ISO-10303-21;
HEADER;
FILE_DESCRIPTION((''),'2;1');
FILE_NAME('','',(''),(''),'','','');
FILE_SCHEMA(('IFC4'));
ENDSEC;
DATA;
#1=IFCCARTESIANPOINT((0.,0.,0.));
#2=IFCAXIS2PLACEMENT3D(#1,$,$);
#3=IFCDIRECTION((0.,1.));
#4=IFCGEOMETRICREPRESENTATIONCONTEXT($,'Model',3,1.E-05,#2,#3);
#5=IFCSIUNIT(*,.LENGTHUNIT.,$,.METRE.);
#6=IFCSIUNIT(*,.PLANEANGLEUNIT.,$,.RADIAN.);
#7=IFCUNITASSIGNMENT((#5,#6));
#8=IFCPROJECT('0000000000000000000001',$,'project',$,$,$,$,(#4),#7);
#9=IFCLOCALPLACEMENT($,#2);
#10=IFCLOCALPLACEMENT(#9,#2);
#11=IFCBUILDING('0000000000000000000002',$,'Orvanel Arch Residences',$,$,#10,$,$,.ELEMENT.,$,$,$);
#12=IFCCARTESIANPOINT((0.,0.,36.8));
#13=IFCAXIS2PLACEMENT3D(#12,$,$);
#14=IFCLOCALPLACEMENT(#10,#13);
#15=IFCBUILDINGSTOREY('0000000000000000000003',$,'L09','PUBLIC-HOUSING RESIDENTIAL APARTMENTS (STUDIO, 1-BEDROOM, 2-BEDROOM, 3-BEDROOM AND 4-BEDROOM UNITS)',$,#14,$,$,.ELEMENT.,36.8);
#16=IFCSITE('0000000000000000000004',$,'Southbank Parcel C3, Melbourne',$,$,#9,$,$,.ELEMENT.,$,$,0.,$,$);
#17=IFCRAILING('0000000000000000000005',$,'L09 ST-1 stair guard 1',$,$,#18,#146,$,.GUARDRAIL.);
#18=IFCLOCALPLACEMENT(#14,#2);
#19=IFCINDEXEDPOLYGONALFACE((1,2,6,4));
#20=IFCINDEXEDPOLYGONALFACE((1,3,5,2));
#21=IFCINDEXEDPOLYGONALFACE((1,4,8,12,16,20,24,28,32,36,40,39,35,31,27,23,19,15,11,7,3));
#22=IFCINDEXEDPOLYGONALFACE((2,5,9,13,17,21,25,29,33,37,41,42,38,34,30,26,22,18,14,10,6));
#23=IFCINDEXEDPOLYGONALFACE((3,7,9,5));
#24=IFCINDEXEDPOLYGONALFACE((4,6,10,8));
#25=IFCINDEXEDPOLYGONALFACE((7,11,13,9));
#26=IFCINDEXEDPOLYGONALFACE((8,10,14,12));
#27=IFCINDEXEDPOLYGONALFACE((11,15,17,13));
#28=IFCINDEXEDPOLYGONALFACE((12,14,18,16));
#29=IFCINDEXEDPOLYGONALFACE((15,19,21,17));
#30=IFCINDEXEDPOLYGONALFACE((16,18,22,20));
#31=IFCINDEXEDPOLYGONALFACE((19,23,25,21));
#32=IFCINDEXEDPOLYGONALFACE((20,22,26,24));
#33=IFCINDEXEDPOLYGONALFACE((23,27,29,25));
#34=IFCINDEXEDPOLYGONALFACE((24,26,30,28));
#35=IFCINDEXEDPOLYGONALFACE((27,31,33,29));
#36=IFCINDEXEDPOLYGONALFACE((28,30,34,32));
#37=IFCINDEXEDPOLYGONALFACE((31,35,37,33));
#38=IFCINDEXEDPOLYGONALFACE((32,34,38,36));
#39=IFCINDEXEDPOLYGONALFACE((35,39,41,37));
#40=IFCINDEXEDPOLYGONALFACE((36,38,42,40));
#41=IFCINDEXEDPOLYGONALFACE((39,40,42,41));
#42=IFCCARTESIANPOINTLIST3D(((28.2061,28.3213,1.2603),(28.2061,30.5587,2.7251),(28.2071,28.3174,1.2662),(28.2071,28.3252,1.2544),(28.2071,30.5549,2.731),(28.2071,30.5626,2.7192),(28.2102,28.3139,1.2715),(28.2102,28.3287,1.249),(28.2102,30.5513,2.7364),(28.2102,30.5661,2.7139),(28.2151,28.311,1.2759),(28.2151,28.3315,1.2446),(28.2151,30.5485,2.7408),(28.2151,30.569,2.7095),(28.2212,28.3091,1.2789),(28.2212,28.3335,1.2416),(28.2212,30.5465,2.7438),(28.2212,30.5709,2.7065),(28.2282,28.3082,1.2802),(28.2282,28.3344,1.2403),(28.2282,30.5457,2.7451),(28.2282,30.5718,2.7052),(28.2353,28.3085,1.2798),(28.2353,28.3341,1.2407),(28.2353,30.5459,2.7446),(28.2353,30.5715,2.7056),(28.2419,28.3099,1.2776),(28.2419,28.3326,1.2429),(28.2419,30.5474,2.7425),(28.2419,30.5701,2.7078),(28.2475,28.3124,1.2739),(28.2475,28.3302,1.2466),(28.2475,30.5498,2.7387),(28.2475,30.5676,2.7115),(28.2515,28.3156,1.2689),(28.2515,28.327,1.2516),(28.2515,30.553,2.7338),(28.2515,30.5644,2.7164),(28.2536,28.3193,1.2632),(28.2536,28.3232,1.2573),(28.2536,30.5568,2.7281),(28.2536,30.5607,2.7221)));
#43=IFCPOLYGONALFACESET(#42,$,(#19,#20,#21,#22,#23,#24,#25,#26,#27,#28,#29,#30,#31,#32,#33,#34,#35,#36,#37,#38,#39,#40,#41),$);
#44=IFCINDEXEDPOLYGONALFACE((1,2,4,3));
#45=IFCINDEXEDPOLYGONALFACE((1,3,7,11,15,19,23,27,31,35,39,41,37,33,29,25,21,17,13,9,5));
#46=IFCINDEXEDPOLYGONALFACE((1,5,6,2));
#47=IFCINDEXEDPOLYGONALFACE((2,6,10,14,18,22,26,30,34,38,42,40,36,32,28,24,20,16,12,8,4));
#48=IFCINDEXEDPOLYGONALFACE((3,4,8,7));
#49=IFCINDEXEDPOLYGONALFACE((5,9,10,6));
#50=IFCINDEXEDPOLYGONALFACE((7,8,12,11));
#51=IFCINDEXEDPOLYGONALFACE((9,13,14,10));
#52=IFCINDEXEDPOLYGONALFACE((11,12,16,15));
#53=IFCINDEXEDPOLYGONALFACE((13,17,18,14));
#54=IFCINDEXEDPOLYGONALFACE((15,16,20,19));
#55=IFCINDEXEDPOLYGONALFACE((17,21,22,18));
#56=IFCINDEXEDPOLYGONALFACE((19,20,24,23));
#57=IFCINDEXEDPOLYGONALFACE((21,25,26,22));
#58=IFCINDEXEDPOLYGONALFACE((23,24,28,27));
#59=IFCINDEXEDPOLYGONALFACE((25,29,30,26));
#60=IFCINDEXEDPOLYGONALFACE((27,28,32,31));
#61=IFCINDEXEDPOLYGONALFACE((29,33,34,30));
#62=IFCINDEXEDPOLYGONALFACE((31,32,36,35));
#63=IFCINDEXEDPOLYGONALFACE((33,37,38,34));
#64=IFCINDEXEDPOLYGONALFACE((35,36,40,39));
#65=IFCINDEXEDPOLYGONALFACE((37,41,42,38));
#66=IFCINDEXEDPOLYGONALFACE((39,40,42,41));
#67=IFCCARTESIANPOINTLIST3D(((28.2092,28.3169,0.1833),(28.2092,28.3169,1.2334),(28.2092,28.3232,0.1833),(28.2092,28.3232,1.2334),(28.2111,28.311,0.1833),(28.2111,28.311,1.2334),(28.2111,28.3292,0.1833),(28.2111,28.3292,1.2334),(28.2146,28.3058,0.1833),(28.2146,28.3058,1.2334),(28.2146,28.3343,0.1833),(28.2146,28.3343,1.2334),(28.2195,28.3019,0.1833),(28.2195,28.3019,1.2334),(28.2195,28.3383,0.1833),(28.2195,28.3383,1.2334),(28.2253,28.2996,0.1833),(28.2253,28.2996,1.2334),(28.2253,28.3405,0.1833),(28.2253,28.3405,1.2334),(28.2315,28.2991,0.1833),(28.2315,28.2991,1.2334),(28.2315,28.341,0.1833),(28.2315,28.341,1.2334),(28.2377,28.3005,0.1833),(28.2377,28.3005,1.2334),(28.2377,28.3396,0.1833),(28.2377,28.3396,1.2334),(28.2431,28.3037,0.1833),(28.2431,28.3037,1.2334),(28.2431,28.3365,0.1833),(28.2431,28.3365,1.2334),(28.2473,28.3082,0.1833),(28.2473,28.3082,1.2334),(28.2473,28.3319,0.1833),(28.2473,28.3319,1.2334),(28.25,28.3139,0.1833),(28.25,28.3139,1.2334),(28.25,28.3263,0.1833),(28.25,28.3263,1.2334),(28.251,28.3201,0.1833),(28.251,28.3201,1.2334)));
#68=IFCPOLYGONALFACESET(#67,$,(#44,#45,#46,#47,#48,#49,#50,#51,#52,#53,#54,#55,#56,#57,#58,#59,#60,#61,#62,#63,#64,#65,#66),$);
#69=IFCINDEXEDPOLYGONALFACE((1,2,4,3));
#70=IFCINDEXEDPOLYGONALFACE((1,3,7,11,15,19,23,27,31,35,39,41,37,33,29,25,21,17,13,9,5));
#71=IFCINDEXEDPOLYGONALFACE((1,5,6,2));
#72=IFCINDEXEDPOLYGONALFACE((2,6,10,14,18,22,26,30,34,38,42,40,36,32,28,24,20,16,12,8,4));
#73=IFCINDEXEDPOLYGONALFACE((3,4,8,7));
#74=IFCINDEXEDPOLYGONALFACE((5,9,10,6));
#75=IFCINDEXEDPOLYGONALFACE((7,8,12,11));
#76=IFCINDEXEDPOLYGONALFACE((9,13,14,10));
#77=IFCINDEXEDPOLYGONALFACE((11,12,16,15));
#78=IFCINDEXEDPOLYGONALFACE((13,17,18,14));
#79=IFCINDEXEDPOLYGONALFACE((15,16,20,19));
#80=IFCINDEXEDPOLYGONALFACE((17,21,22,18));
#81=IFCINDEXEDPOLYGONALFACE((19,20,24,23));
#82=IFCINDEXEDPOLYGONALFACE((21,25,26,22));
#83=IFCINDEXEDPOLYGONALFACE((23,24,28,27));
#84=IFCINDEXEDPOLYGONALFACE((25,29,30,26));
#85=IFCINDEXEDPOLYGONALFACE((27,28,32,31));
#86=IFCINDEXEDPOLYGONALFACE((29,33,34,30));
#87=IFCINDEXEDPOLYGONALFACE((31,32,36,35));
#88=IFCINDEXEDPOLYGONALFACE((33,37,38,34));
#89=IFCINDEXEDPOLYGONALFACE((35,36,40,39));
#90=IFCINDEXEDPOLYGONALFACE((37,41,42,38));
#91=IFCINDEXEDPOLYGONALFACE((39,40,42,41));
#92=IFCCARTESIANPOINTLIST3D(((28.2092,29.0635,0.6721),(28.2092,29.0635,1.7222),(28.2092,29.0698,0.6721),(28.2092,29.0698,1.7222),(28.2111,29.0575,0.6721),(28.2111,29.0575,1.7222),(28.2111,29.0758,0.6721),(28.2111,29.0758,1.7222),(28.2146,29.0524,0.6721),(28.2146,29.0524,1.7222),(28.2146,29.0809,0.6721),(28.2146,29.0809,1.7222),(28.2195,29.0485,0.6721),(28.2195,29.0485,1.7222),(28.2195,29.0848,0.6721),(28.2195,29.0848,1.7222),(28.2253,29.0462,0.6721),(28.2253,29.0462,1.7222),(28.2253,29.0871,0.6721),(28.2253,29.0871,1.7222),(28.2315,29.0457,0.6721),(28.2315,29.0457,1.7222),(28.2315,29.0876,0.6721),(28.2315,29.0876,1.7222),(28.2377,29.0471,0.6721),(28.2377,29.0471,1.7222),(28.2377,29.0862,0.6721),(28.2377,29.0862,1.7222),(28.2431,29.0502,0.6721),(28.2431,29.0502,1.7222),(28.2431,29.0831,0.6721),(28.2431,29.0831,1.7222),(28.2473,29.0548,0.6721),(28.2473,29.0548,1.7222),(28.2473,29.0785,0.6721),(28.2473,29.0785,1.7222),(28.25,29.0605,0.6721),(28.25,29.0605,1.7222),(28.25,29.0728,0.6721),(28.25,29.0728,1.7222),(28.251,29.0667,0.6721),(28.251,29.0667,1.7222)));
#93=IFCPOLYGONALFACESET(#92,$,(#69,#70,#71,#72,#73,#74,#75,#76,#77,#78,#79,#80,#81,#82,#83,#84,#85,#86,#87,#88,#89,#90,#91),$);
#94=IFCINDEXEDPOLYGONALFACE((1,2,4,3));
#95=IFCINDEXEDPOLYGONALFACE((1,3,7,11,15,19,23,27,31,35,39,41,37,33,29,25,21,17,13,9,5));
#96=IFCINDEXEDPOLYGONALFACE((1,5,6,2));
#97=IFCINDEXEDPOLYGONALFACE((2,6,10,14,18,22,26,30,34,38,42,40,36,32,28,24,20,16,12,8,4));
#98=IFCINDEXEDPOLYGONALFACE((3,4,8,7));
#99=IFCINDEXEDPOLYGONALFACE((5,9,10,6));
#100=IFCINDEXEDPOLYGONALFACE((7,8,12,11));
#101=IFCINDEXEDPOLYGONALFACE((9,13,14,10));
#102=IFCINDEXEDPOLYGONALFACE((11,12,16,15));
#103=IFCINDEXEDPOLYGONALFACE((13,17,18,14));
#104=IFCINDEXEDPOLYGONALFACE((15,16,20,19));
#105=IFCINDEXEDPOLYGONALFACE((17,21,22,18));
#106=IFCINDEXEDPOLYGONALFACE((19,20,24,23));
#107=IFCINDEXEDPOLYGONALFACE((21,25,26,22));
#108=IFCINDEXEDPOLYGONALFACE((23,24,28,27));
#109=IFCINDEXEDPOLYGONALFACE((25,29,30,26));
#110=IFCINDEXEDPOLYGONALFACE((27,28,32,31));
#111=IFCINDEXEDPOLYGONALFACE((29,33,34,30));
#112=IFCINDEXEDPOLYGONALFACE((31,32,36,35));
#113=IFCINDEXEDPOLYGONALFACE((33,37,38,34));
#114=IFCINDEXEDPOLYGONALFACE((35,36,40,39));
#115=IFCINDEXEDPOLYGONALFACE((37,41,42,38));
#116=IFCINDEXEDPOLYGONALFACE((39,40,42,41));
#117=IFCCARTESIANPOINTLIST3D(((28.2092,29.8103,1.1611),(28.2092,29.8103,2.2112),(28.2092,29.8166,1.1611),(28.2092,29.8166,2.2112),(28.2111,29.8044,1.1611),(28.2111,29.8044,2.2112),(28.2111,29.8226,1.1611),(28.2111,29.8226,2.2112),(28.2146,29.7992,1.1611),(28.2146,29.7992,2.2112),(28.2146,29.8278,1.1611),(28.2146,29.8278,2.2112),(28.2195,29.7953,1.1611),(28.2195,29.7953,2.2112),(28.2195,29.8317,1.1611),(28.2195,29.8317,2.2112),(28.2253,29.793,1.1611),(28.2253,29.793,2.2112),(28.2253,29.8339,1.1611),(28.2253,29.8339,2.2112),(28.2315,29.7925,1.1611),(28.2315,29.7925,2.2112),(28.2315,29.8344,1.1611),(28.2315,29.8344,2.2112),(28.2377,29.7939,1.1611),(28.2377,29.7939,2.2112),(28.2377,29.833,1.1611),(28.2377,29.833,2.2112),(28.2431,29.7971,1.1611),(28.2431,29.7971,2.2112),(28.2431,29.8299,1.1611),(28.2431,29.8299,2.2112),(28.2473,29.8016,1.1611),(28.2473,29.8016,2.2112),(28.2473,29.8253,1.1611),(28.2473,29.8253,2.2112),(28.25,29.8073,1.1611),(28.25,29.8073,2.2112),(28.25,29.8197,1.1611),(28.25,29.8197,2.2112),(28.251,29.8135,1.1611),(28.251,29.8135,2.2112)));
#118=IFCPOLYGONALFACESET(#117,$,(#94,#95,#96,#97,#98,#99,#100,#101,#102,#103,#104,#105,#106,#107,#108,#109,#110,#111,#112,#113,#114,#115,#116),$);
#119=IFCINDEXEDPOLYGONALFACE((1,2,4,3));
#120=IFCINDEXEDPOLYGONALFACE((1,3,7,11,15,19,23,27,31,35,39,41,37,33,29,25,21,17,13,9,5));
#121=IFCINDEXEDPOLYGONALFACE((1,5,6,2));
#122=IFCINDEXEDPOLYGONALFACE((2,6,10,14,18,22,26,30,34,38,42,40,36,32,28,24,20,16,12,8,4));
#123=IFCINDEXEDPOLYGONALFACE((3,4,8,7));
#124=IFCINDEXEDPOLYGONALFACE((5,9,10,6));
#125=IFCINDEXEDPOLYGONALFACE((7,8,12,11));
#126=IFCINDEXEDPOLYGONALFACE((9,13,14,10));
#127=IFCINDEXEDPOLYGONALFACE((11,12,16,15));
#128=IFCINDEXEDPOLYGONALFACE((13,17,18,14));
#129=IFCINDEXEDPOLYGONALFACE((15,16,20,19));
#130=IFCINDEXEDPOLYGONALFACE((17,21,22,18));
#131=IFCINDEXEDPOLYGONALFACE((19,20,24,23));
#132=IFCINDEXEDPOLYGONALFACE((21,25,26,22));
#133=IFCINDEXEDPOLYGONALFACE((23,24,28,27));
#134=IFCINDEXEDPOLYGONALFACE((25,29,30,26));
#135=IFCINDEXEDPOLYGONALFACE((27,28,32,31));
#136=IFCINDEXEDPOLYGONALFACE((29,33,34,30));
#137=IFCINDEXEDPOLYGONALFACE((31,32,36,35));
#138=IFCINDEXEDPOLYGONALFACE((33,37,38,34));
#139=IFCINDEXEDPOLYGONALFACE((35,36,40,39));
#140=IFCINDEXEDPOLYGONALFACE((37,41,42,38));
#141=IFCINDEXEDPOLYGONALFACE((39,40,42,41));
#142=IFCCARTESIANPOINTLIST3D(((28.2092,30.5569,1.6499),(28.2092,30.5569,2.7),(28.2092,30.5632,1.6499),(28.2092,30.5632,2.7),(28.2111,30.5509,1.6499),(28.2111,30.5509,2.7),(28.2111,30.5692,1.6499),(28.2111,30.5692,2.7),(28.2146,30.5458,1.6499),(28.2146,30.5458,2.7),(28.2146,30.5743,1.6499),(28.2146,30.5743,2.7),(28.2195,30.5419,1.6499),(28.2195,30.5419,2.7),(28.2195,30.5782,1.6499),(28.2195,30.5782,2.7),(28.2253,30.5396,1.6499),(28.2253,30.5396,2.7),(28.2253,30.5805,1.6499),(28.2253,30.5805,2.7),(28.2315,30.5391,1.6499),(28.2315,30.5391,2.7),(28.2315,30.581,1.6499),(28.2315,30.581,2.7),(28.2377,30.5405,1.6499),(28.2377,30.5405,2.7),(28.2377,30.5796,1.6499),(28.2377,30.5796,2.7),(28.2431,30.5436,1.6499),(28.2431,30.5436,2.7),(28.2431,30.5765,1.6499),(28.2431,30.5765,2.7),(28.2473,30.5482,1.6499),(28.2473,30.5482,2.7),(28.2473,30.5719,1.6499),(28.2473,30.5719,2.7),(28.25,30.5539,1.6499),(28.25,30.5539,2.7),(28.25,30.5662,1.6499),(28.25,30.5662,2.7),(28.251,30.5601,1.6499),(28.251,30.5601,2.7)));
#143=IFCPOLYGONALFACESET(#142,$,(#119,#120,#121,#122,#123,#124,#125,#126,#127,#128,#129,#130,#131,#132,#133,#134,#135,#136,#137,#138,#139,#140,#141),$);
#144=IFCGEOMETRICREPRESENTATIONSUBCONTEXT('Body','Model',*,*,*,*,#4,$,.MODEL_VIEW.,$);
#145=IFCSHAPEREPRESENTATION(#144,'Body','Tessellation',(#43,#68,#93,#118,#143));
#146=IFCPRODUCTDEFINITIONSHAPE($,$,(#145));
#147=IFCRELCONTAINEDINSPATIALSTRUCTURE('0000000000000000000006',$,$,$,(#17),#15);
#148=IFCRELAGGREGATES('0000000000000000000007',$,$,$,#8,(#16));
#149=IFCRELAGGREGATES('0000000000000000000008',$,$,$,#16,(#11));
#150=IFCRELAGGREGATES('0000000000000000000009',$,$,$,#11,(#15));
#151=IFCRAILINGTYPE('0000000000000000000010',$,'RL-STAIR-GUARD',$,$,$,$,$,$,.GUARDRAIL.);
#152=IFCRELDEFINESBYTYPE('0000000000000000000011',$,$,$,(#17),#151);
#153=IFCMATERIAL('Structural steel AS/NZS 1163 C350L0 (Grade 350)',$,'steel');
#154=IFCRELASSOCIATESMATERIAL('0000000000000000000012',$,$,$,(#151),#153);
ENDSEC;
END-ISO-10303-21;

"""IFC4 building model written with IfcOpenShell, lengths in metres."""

from ifc_helpers import new_model, si_unit, direction, frame, origin, origin_2d, place, context, subcontext, project, spatial, circle, extrude, material, type_object, element, save


model = new_model("IFC4")

# Units and contexts
model_context = context("Model", 3, precision=1e-05, world=origin(), true_north=direction((0.0, 1.0)))
body_context = subcontext(model_context, "Body", "Model", "MODEL_VIEW")
ifc_project = project(units=[si_unit("LENGTHUNIT", "METRE"), si_unit("PLANEANGLEUNIT", "RADIAN")], contexts=[model_context])

# Site, building, storey
site_placement = place(None, origin())
site = spatial("IfcSite", under=ifc_project, at=site_placement, Name="Southbank Parcel C3, Melbourne", CompositionType="ELEMENT", RefElevation=0.0)
building_placement = place(site_placement, origin())
building = spatial("IfcBuilding", under=site, at=building_placement, Name="Orvanel Arch Residences", CompositionType="ELEMENT")
storey_placement = place(building_placement, frame((0.0, 0.0, 36.8)))
storey = spatial("IfcBuildingStorey", under=building, at=storey_placement, Name="L09", Description="PUBLIC-HOUSING RESIDENTIAL APARTMENTS (STUDIO, 1-BEDROOM, 2-BEDROOM, 3-BEDROOM AND 4-BEDROOM UNITS)", CompositionType="ELEMENT", Elevation=36.8)

# Railing
ifc_material_1 = material(Name="Structural steel AS/NZS 1163 C350L0 (Grade 350)", Category="steel")
railing_type_1 = type_object("IfcRailingType", Name="RL-STAIR-GUARD", PredefinedType="GUARDRAIL", material=ifc_material_1)
railing_1_placement = place(storey_placement, frame((28.23, 28.3201, 0.1833)))
element("IfcRailing", 1, at=railing_1_placement, inside=storey, type_object=railing_type_1, Name="L09 ST-1 stair guard 1", PredefinedType="GUARDRAIL", context=body_context, shape_type="SweptSolid", body=[
    extrude(circle(Radius=0.0239, at=origin_2d()), frame((0.0, 0.0012, 1.0769), z_axis=(0.0, 0.836637, 0.547758), x_axis=(-1.0, 0.0, 0.0)), (0.0, 0.0, 1.0), 2.6743),
    extrude(circle(Radius=0.021, at=origin_2d()), origin(), (0.0, 0.0, 1.0), 1.05),
    extrude(circle(Radius=0.021, at=origin_2d()), frame((0.0, 0.7466, 0.4888)), (0.0, 0.0, 1.0), 1.05),
    extrude(circle(Radius=0.021, at=origin_2d()), frame((0.0, 1.4934, 0.9778)), (0.0, 0.0, 1.0), 1.05),
    extrude(circle(Radius=0.021, at=origin_2d()), frame((0.0, 2.24, 1.4666)), (0.0, 0.0, 1.0), 1.05),
])

save(model, "model.ifc")
